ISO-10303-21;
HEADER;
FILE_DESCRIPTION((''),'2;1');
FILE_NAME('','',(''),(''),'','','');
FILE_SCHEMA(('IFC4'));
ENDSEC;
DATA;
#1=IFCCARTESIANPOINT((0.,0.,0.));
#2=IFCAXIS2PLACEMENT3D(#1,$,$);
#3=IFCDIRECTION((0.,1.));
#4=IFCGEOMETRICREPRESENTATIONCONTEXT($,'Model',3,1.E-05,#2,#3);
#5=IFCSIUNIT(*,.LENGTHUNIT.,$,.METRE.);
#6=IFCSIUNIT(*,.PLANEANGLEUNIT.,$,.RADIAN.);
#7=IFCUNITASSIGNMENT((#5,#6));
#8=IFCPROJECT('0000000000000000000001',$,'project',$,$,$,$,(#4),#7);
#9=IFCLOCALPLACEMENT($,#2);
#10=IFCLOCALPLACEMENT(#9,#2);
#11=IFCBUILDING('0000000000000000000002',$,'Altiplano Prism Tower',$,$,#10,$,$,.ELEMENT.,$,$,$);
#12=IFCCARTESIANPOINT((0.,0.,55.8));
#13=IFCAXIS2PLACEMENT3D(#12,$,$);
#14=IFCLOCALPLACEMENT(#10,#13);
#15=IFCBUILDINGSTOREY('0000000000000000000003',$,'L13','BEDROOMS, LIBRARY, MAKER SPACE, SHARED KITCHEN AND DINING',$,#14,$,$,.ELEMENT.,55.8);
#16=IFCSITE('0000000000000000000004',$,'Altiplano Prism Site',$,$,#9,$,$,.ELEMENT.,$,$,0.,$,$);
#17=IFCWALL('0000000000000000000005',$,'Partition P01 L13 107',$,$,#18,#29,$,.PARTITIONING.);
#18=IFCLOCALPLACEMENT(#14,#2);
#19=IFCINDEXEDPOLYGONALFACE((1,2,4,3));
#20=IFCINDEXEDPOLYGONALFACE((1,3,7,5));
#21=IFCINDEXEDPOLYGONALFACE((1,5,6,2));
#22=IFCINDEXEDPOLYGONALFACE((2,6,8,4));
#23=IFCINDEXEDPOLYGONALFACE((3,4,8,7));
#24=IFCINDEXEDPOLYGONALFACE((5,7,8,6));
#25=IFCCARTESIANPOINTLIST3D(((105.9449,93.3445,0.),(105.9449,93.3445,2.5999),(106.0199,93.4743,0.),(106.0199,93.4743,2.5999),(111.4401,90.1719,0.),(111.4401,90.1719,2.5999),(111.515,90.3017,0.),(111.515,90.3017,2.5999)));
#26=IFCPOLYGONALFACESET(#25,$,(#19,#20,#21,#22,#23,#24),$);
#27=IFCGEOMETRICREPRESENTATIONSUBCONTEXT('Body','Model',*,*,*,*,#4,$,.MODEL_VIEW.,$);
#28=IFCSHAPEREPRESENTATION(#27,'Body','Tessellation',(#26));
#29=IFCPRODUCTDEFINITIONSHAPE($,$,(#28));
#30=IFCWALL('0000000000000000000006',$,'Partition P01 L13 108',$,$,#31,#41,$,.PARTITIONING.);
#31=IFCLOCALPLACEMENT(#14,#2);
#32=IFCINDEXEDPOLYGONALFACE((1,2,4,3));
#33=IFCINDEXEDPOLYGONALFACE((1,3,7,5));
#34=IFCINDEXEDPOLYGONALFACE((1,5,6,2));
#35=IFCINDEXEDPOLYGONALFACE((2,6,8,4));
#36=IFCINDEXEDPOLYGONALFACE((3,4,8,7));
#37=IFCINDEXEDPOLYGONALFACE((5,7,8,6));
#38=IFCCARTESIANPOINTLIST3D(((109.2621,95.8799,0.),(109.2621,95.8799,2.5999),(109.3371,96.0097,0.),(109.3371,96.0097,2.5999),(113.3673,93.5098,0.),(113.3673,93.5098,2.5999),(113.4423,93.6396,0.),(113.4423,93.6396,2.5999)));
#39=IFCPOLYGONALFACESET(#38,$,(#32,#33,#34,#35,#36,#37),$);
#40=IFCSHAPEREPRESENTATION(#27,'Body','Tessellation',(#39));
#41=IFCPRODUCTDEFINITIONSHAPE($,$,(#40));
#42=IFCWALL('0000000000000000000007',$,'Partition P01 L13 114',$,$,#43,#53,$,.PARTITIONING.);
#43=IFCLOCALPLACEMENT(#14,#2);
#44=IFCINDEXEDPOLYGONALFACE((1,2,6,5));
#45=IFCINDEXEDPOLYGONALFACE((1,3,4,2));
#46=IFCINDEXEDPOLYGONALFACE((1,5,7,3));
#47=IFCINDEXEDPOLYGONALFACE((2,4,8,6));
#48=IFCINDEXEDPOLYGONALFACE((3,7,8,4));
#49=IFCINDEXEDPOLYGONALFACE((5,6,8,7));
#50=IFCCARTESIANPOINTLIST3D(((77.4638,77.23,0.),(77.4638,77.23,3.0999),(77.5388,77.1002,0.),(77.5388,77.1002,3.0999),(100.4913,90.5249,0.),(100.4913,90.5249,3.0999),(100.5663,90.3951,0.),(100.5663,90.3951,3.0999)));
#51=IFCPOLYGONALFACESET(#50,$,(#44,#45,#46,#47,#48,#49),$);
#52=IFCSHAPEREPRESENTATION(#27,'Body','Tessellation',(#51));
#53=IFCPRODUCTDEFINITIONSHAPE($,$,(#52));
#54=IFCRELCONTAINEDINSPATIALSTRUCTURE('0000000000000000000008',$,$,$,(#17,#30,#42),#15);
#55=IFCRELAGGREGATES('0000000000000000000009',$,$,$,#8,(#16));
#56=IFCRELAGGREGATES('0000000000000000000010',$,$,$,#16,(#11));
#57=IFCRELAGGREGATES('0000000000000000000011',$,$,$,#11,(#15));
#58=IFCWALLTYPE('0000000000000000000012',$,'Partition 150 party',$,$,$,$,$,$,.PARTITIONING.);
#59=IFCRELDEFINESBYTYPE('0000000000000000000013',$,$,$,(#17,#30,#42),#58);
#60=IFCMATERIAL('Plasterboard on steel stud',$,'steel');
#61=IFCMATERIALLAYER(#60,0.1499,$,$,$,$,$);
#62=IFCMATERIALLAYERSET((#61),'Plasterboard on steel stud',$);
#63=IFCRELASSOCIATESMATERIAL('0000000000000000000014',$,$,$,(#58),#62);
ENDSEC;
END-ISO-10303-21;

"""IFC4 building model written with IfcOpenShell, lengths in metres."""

from ifc_helpers import new_model, si_unit, direction, frame, frame_2d, origin, place, context, subcontext, project, spatial, rectangle, extrude, material, layer, layer_set, type_object, element, save


model = new_model("IFC4")

# Units and contexts
model_context = context("Model", 3, precision=1e-05, world=origin(), true_north=direction((0.0, 1.0)))
body_context = subcontext(model_context, "Body", "Model", "MODEL_VIEW")
ifc_project = project(units=[si_unit("LENGTHUNIT", "METRE"), si_unit("PLANEANGLEUNIT", "RADIAN")], contexts=[model_context])

# Site, building, storey
site_placement = place(None, origin())
site = spatial("IfcSite", under=ifc_project, at=site_placement, Name="Altiplano Prism Site", CompositionType="ELEMENT", RefElevation=0.0)
building_placement = place(site_placement, origin())
building = spatial("IfcBuilding", under=site, at=building_placement, Name="Altiplano Prism Tower", CompositionType="ELEMENT")
storey_placement = place(building_placement, frame((0.0, 0.0, 55.8)))
storey = spatial("IfcBuildingStorey", under=building, at=storey_placement, Name="L13", Description="BEDROOMS, LIBRARY, MAKER SPACE, SHARED KITCHEN AND DINING", CompositionType="ELEMENT", Elevation=55.8)

# Shared definitions
ifc_material_1 = material(Name="Plasterboard on steel stud", Category="steel")

# Walls
ifc_layer_1 = layer(ifc_material_1, 0.1499)
ifc_layer_set_1 = layer_set([ifc_layer_1], Name="Plasterboard on steel stud")
wall_type_1 = type_object("IfcWallType", Name="Partition 150 party", PredefinedType="PARTITIONING", material=ifc_layer_set_1)
wall_1_placement = place(storey_placement, frame((111.4775, 90.2368, 0.0), z_axis=(0.0, 0.0, 1.0), x_axis=(-0.866025, 0.5, 0.0)))
element("IfcWall", 1, at=wall_1_placement, inside=storey, type_object=wall_type_1, Name="Partition P01 L13 107", PredefinedType="PARTITIONING", context=body_context, shape_type="SweptSolid", body=[
    extrude(rectangle(XDim=6.3452, YDim=0.1499, at=frame_2d((3.1726, 0.0))), origin(), (0.0, 0.0, 1.0), 2.5999),
])
wall_2_placement = place(storey_placement, frame((113.4048, 93.5747, 0.0), z_axis=(0.0, 0.0, 1.0), x_axis=(-0.866029, 0.499994, 0.0)))
element("IfcWall", 2, at=wall_2_placement, inside=storey, type_object=wall_type_1, Name="Partition P01 L13 108", PredefinedType="PARTITIONING", context=body_context, shape_type="SweptSolid", body=[
    extrude(rectangle(XDim=4.7402, YDim=0.1499, at=frame_2d((2.3701, 0.0))), origin(), (0.0, 0.0, 1.0), 2.5999),
])
wall_3_placement = place(storey_placement, frame((100.5288, 90.46, 0.0), z_axis=(0.0, 0.0, 1.0), x_axis=(-0.866026, -0.499998, 0.0)))
element("IfcWall", 3, at=wall_3_placement, inside=storey, type_object=wall_type_1, Name="Partition P01 L13 114", PredefinedType="PARTITIONING", context=body_context, shape_type="SweptSolid", body=[
    extrude(rectangle(XDim=26.5898, YDim=0.1499, at=frame_2d((13.2949, 0.0))), origin(), (0.0, 0.0, 1.0), 3.0999),
])

save(model, "model.ifc")
